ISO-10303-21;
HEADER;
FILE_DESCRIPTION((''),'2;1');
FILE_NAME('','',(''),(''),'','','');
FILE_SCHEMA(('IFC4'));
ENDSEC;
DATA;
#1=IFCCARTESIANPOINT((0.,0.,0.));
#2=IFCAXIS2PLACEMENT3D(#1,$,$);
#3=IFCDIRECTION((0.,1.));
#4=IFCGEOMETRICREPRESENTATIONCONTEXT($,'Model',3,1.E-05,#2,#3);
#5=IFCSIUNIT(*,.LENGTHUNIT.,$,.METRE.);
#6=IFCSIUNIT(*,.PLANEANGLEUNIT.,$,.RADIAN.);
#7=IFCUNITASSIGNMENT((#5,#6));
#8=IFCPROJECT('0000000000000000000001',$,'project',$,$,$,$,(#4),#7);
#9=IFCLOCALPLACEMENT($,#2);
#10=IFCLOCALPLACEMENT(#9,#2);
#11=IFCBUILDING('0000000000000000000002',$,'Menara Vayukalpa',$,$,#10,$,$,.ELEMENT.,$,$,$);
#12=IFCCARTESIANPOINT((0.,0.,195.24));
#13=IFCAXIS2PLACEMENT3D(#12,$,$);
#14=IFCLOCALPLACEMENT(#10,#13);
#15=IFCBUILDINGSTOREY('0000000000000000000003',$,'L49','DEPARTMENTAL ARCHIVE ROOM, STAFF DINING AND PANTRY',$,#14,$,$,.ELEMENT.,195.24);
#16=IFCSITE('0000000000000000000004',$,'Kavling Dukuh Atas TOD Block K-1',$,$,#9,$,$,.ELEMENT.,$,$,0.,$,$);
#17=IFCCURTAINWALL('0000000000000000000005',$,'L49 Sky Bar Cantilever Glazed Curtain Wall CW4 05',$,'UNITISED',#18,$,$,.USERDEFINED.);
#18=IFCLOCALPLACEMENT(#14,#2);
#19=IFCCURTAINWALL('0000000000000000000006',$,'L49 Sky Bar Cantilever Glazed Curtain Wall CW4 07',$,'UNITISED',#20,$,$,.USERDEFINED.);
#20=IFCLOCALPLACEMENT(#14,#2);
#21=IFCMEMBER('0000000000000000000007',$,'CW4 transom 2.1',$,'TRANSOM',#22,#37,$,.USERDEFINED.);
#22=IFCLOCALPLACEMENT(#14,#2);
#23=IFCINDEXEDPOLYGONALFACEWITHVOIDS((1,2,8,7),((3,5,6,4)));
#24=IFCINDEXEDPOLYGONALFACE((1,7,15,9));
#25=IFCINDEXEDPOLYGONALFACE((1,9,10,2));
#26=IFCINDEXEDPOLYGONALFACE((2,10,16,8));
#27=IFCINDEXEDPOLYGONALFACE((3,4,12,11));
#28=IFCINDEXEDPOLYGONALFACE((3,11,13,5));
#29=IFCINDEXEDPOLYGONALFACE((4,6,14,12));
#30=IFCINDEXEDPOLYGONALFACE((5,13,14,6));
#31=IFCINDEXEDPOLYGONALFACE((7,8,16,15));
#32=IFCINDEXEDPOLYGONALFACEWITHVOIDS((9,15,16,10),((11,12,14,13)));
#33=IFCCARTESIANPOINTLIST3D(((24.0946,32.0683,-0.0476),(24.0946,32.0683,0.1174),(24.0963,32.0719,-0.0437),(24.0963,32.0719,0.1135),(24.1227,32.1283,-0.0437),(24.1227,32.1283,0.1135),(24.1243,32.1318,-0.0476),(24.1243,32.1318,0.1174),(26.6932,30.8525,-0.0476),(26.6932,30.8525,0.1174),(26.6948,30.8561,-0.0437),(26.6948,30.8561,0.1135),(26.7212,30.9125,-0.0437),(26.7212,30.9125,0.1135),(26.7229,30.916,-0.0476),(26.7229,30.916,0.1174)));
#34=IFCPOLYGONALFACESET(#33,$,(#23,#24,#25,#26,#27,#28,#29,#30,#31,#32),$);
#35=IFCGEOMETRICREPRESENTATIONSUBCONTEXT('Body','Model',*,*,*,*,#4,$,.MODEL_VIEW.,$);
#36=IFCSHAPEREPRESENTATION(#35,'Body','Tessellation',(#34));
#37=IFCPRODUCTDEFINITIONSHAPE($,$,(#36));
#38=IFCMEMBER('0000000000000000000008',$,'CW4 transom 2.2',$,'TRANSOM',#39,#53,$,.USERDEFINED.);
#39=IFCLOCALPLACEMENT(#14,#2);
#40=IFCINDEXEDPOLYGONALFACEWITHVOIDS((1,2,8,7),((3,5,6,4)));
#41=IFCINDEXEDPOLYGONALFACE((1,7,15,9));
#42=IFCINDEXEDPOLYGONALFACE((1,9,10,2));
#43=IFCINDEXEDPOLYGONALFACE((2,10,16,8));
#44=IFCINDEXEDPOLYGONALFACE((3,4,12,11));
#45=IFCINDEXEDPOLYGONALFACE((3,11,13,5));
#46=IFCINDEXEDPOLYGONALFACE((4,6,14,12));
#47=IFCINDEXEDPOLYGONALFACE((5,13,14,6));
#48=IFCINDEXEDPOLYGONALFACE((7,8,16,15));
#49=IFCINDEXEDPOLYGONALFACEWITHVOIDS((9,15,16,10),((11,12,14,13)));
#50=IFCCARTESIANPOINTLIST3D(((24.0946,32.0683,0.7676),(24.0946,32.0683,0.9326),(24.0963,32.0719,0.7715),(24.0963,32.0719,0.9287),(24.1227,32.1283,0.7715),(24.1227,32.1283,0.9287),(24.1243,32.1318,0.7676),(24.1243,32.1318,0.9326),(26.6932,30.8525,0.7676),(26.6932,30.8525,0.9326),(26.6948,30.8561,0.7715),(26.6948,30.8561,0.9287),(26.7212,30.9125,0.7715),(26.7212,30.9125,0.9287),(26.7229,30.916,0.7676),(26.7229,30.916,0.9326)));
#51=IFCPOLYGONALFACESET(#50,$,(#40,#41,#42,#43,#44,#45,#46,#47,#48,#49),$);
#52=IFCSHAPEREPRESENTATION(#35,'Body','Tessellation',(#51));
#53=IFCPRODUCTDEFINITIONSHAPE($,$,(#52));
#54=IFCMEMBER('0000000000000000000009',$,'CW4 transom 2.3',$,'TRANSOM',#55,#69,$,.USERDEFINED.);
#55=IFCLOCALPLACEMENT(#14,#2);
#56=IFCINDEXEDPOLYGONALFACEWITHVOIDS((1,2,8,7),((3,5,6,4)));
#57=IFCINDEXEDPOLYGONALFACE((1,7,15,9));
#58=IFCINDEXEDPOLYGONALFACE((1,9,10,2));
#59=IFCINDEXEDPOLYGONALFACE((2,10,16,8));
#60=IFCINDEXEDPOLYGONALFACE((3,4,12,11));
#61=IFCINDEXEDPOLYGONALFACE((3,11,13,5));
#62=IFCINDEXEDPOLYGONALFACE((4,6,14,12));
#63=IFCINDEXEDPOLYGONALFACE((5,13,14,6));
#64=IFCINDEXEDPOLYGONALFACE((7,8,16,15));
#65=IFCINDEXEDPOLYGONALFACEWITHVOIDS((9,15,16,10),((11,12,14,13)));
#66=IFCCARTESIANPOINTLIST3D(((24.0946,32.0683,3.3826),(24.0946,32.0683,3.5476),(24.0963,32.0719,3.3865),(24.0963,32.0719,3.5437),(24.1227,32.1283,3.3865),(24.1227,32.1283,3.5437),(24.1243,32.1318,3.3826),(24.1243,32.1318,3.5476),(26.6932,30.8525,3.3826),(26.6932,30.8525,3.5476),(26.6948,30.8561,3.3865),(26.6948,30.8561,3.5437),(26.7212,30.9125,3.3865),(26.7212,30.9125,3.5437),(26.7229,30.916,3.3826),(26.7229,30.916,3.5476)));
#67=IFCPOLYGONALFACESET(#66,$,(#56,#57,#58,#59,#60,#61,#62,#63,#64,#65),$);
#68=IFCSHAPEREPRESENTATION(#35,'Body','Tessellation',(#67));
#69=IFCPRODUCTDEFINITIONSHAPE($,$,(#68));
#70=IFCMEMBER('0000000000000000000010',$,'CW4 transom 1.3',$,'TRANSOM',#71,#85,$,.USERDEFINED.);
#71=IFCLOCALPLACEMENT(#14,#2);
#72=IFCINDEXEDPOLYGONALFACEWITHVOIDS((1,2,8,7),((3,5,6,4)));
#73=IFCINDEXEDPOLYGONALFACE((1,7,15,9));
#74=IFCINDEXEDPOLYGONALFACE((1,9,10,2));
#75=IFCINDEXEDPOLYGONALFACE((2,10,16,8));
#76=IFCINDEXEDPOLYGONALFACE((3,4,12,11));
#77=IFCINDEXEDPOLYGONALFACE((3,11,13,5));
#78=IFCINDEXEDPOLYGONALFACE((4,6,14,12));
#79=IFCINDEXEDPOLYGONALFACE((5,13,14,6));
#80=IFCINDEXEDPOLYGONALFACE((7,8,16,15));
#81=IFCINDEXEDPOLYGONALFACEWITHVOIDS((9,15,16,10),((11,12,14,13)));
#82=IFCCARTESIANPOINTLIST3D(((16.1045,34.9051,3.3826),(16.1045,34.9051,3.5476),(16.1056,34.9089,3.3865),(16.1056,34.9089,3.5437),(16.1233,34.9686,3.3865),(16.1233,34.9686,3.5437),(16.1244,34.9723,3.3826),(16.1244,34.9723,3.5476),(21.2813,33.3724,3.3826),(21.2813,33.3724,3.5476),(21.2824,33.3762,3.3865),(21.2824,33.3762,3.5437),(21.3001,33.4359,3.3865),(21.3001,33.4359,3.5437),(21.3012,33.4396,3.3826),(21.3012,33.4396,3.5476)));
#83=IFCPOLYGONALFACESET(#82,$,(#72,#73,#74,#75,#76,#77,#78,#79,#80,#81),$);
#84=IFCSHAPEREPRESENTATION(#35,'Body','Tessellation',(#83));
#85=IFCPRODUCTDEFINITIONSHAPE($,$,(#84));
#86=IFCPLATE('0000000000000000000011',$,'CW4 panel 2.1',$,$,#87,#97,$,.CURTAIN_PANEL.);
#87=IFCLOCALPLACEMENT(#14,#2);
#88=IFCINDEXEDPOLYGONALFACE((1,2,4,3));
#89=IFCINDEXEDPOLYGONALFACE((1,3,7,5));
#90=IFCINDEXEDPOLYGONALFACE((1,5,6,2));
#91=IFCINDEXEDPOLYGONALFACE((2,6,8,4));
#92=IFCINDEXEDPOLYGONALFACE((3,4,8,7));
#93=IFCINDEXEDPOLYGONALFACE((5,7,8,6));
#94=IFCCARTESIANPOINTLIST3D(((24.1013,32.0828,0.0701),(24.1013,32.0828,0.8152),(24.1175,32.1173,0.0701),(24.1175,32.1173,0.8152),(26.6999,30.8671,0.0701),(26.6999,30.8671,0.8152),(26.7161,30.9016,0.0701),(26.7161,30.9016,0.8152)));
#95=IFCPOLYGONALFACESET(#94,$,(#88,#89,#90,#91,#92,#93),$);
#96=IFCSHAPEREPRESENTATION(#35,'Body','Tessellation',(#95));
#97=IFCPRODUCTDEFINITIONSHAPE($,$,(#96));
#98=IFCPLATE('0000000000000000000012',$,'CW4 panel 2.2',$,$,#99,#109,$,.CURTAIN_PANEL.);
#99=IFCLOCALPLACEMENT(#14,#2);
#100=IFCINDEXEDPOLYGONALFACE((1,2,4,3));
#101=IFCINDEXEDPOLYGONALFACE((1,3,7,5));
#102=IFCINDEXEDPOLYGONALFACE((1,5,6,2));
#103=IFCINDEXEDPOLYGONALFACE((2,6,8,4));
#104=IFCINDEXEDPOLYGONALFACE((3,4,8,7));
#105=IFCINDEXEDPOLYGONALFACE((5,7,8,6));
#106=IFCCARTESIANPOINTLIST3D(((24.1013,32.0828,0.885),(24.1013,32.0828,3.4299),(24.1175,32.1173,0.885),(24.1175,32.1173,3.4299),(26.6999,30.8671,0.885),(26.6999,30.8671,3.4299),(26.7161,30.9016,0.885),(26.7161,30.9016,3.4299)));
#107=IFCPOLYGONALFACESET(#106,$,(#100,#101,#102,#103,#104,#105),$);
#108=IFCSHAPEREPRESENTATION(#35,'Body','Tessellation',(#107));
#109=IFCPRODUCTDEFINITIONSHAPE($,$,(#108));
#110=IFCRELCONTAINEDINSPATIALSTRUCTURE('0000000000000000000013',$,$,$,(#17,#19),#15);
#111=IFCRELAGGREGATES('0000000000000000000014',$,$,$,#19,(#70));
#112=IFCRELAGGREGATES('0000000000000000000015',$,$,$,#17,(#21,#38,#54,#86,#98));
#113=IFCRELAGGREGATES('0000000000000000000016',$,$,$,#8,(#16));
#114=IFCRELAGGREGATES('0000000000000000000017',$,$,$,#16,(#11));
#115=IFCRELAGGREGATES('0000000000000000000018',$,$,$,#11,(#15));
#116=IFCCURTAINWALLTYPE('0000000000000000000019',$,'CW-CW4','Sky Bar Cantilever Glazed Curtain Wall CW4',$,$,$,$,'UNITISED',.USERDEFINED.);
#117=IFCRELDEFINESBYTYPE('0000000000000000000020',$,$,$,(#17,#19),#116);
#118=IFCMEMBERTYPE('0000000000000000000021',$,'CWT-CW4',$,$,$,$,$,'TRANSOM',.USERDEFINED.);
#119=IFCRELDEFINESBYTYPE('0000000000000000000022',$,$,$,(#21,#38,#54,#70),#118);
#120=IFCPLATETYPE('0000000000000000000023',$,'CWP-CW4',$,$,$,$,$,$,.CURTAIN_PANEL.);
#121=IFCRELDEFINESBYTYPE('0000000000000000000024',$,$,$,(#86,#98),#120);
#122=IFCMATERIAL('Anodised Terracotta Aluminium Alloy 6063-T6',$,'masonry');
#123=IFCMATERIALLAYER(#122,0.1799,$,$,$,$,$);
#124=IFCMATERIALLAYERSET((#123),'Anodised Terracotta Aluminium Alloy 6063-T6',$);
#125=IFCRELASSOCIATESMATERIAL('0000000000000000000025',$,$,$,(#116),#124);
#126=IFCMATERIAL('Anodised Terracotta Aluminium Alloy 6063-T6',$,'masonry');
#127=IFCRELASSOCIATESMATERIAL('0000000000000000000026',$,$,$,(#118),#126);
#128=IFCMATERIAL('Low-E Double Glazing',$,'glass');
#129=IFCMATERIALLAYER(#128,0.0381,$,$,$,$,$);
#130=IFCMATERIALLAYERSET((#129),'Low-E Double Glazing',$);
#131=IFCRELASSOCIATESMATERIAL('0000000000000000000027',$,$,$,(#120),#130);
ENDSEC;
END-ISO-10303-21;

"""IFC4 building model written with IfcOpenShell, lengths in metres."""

from ifc_helpers import new_model, si_unit, direction, frame, origin, origin_2d, place, context, subcontext, project, spatial, rectangle, hollow_rectangle, extrude, material, layer, layer_set, material_profile, profile_set, type_object, element, aggregate, save


model = new_model("IFC4")

# Units and contexts
model_context = context("Model", 3, precision=1e-05, world=origin(), true_north=direction((0.0, 1.0)))
body_context = subcontext(model_context, "Body", "Model", "MODEL_VIEW")
ifc_project = project(units=[si_unit("LENGTHUNIT", "METRE"), si_unit("PLANEANGLEUNIT", "RADIAN")], contexts=[model_context])

# Site, building, storey
site_placement = place(None, origin())
site = spatial("IfcSite", under=ifc_project, at=site_placement, Name="Kavling Dukuh Atas TOD Block K-1", CompositionType="ELEMENT", RefElevation=0.0)
building_placement = place(site_placement, origin())
building = spatial("IfcBuilding", under=site, at=building_placement, Name="Menara Vayukalpa", CompositionType="ELEMENT")
storey_placement = place(building_placement, frame((0.0, 0.0, 195.24)))
storey = spatial("IfcBuildingStorey", under=building, at=storey_placement, Name="L49", Description="DEPARTMENTAL ARCHIVE ROOM, STAFF DINING AND PANTRY", CompositionType="ELEMENT", Elevation=195.24)

# Curtain walls
ifc_material_1 = material(Name="Anodised Terracotta Aluminium Alloy 6063-T6", Category="masonry")
ifc_layer_1 = layer(ifc_material_1, 0.1799)
ifc_layer_set_1 = layer_set([ifc_layer_1], Name="Anodised Terracotta Aluminium Alloy 6063-T6")
curtain_wall_type = type_object("IfcCurtainWallType", Name="CW-CW4", Description="Sky Bar Cantilever Glazed Curtain Wall CW4", ElementType="UNITISED", PredefinedType="USERDEFINED", material=ifc_layer_set_1)
curtain_wall_1_placement = place(storey_placement, origin())
curtain_wall_1 = element("IfcCurtainWall", 1, at=curtain_wall_1_placement, inside=storey, type_object=curtain_wall_type, Name="L49 Sky Bar Cantilever Glazed Curtain Wall CW4 05", ObjectType="UNITISED", PredefinedType="USERDEFINED")
curtain_wall_2_placement = place(storey_placement, origin())
curtain_wall_2 = element("IfcCurtainWall", 2, at=curtain_wall_2_placement, inside=storey, type_object=curtain_wall_type, Name="L49 Sky Bar Cantilever Glazed Curtain Wall CW4 07", ObjectType="UNITISED", PredefinedType="USERDEFINED")

# Members
ifc_material_2 = material(Name="Anodised Terracotta Aluminium Alloy 6063-T6", Category="masonry")
ifc_material_profile_1 = material_profile(ifc_material_2, hollow_rectangle(XDim=0.0701, YDim=0.165, WallThickness=0.0039, at=origin_2d()), Name="ALU 70x165x4")
ifc_profile_set_1 = profile_set([ifc_material_profile_1], Name="Anodised Terracotta Aluminium Alloy 6063-T6")
member_type_1 = type_object("IfcMemberType", Name="CWT-CW4", ElementType="TRANSOM", PredefinedType="USERDEFINED", material=ifc_profile_set_1)
member_1_placement = place(storey_placement, frame((26.708, 30.8843, 0.0349), z_axis=(-0.905765, 0.42378, 0.0), x_axis=(-0.42378, -0.905765, 0.0)))
member_1 = element("IfcMember", 3, at=member_1_placement, type_object=member_type_1, Name="CW4 transom 2.1", ObjectType="TRANSOM", PredefinedType="USERDEFINED", context=body_context, shape_type="SweptSolid", body=[
    extrude(hollow_rectangle(XDim=0.0701, YDim=0.165, WallThickness=0.0039, at=origin_2d()), origin(), (0.0, 0.0, 1.0), 2.8689),
])
member_2_placement = place(storey_placement, frame((26.708, 30.8843, 0.8501), z_axis=(-0.905765, 0.42378, 0.0), x_axis=(-0.42378, -0.905765, 0.0)))
member_2 = element("IfcMember", 4, at=member_2_placement, type_object=member_type_1, Name="CW4 transom 2.2", ObjectType="TRANSOM", PredefinedType="USERDEFINED", context=body_context, shape_type="SweptSolid", body=[
    extrude(hollow_rectangle(XDim=0.0701, YDim=0.165, WallThickness=0.0039, at=origin_2d()), origin(), (0.0, 0.0, 1.0), 2.8689),
])
member_3_placement = place(storey_placement, frame((26.708, 30.8843, 3.4651), z_axis=(-0.905765, 0.42378, 0.0), x_axis=(-0.42378, -0.905765, 0.0)))
member_3 = element("IfcMember", 5, at=member_3_placement, type_object=member_type_1, Name="CW4 transom 2.3", ObjectType="TRANSOM", PredefinedType="USERDEFINED", context=body_context, shape_type="SweptSolid", body=[
    extrude(hollow_rectangle(XDim=0.0701, YDim=0.165, WallThickness=0.0039, at=origin_2d()), origin(), (0.0, 0.0, 1.0), 2.8689),
])
member_4_placement = place(storey_placement, frame((21.2913, 33.406, 3.4651), z_axis=(-0.958856, 0.283894, 0.0), x_axis=(-0.283894, -0.958856, 0.0)))
member_4 = element("IfcMember", 6, at=member_4_placement, type_object=member_type_1, Name="CW4 transom 1.3", ObjectType="TRANSOM", PredefinedType="USERDEFINED", context=body_context, shape_type="SweptSolid", body=[
    extrude(hollow_rectangle(XDim=0.0701, YDim=0.165, WallThickness=0.0039, at=origin_2d()), origin(), (0.0, 0.0, 1.0), 5.3989),
])
aggregate(curtain_wall_2, [member_4])

# Plates
ifc_material_3 = material(Name="Low-E Double Glazing", Category="glass")
ifc_layer_2 = layer(ifc_material_3, 0.0381)
ifc_layer_set_2 = layer_set([ifc_layer_2], Name="Low-E Double Glazing")
plate_type = type_object("IfcPlateType", Name="CWP-CW4", PredefinedType="CURTAIN_PANEL", material=ifc_layer_set_2)
plate_1_placement = place(storey_placement, frame((25.4087, 31.4922, 0.0701), z_axis=(0.0, 0.0, 1.0), x_axis=(-0.905782, 0.423744, 0.0)))
plate_1 = element("IfcPlate", 7, at=plate_1_placement, type_object=plate_type, Name="CW4 panel 2.1", PredefinedType="CURTAIN_PANEL", context=body_context, shape_type="SweptSolid", body=[
    extrude(rectangle(XDim=2.8689, YDim=0.0381, at=origin_2d()), origin(), (0.0, 0.0, 1.0), 0.7451),
])
plate_2_placement = place(storey_placement, frame((25.4087, 31.4922, 0.885), z_axis=(0.0, 0.0, 1.0), x_axis=(-0.905782, 0.423744, 0.0)))
plate_2 = element("IfcPlate", 8, at=plate_2_placement, type_object=plate_type, Name="CW4 panel 2.2", PredefinedType="CURTAIN_PANEL", context=body_context, shape_type="SweptSolid", body=[
    extrude(rectangle(XDim=2.8689, YDim=0.0381, at=origin_2d()), origin(), (0.0, 0.0, 1.0), 2.5449),
])
aggregate(curtain_wall_1, [member_1, member_2, member_3, plate_1, plate_2])

save(model, "model.ifc")
